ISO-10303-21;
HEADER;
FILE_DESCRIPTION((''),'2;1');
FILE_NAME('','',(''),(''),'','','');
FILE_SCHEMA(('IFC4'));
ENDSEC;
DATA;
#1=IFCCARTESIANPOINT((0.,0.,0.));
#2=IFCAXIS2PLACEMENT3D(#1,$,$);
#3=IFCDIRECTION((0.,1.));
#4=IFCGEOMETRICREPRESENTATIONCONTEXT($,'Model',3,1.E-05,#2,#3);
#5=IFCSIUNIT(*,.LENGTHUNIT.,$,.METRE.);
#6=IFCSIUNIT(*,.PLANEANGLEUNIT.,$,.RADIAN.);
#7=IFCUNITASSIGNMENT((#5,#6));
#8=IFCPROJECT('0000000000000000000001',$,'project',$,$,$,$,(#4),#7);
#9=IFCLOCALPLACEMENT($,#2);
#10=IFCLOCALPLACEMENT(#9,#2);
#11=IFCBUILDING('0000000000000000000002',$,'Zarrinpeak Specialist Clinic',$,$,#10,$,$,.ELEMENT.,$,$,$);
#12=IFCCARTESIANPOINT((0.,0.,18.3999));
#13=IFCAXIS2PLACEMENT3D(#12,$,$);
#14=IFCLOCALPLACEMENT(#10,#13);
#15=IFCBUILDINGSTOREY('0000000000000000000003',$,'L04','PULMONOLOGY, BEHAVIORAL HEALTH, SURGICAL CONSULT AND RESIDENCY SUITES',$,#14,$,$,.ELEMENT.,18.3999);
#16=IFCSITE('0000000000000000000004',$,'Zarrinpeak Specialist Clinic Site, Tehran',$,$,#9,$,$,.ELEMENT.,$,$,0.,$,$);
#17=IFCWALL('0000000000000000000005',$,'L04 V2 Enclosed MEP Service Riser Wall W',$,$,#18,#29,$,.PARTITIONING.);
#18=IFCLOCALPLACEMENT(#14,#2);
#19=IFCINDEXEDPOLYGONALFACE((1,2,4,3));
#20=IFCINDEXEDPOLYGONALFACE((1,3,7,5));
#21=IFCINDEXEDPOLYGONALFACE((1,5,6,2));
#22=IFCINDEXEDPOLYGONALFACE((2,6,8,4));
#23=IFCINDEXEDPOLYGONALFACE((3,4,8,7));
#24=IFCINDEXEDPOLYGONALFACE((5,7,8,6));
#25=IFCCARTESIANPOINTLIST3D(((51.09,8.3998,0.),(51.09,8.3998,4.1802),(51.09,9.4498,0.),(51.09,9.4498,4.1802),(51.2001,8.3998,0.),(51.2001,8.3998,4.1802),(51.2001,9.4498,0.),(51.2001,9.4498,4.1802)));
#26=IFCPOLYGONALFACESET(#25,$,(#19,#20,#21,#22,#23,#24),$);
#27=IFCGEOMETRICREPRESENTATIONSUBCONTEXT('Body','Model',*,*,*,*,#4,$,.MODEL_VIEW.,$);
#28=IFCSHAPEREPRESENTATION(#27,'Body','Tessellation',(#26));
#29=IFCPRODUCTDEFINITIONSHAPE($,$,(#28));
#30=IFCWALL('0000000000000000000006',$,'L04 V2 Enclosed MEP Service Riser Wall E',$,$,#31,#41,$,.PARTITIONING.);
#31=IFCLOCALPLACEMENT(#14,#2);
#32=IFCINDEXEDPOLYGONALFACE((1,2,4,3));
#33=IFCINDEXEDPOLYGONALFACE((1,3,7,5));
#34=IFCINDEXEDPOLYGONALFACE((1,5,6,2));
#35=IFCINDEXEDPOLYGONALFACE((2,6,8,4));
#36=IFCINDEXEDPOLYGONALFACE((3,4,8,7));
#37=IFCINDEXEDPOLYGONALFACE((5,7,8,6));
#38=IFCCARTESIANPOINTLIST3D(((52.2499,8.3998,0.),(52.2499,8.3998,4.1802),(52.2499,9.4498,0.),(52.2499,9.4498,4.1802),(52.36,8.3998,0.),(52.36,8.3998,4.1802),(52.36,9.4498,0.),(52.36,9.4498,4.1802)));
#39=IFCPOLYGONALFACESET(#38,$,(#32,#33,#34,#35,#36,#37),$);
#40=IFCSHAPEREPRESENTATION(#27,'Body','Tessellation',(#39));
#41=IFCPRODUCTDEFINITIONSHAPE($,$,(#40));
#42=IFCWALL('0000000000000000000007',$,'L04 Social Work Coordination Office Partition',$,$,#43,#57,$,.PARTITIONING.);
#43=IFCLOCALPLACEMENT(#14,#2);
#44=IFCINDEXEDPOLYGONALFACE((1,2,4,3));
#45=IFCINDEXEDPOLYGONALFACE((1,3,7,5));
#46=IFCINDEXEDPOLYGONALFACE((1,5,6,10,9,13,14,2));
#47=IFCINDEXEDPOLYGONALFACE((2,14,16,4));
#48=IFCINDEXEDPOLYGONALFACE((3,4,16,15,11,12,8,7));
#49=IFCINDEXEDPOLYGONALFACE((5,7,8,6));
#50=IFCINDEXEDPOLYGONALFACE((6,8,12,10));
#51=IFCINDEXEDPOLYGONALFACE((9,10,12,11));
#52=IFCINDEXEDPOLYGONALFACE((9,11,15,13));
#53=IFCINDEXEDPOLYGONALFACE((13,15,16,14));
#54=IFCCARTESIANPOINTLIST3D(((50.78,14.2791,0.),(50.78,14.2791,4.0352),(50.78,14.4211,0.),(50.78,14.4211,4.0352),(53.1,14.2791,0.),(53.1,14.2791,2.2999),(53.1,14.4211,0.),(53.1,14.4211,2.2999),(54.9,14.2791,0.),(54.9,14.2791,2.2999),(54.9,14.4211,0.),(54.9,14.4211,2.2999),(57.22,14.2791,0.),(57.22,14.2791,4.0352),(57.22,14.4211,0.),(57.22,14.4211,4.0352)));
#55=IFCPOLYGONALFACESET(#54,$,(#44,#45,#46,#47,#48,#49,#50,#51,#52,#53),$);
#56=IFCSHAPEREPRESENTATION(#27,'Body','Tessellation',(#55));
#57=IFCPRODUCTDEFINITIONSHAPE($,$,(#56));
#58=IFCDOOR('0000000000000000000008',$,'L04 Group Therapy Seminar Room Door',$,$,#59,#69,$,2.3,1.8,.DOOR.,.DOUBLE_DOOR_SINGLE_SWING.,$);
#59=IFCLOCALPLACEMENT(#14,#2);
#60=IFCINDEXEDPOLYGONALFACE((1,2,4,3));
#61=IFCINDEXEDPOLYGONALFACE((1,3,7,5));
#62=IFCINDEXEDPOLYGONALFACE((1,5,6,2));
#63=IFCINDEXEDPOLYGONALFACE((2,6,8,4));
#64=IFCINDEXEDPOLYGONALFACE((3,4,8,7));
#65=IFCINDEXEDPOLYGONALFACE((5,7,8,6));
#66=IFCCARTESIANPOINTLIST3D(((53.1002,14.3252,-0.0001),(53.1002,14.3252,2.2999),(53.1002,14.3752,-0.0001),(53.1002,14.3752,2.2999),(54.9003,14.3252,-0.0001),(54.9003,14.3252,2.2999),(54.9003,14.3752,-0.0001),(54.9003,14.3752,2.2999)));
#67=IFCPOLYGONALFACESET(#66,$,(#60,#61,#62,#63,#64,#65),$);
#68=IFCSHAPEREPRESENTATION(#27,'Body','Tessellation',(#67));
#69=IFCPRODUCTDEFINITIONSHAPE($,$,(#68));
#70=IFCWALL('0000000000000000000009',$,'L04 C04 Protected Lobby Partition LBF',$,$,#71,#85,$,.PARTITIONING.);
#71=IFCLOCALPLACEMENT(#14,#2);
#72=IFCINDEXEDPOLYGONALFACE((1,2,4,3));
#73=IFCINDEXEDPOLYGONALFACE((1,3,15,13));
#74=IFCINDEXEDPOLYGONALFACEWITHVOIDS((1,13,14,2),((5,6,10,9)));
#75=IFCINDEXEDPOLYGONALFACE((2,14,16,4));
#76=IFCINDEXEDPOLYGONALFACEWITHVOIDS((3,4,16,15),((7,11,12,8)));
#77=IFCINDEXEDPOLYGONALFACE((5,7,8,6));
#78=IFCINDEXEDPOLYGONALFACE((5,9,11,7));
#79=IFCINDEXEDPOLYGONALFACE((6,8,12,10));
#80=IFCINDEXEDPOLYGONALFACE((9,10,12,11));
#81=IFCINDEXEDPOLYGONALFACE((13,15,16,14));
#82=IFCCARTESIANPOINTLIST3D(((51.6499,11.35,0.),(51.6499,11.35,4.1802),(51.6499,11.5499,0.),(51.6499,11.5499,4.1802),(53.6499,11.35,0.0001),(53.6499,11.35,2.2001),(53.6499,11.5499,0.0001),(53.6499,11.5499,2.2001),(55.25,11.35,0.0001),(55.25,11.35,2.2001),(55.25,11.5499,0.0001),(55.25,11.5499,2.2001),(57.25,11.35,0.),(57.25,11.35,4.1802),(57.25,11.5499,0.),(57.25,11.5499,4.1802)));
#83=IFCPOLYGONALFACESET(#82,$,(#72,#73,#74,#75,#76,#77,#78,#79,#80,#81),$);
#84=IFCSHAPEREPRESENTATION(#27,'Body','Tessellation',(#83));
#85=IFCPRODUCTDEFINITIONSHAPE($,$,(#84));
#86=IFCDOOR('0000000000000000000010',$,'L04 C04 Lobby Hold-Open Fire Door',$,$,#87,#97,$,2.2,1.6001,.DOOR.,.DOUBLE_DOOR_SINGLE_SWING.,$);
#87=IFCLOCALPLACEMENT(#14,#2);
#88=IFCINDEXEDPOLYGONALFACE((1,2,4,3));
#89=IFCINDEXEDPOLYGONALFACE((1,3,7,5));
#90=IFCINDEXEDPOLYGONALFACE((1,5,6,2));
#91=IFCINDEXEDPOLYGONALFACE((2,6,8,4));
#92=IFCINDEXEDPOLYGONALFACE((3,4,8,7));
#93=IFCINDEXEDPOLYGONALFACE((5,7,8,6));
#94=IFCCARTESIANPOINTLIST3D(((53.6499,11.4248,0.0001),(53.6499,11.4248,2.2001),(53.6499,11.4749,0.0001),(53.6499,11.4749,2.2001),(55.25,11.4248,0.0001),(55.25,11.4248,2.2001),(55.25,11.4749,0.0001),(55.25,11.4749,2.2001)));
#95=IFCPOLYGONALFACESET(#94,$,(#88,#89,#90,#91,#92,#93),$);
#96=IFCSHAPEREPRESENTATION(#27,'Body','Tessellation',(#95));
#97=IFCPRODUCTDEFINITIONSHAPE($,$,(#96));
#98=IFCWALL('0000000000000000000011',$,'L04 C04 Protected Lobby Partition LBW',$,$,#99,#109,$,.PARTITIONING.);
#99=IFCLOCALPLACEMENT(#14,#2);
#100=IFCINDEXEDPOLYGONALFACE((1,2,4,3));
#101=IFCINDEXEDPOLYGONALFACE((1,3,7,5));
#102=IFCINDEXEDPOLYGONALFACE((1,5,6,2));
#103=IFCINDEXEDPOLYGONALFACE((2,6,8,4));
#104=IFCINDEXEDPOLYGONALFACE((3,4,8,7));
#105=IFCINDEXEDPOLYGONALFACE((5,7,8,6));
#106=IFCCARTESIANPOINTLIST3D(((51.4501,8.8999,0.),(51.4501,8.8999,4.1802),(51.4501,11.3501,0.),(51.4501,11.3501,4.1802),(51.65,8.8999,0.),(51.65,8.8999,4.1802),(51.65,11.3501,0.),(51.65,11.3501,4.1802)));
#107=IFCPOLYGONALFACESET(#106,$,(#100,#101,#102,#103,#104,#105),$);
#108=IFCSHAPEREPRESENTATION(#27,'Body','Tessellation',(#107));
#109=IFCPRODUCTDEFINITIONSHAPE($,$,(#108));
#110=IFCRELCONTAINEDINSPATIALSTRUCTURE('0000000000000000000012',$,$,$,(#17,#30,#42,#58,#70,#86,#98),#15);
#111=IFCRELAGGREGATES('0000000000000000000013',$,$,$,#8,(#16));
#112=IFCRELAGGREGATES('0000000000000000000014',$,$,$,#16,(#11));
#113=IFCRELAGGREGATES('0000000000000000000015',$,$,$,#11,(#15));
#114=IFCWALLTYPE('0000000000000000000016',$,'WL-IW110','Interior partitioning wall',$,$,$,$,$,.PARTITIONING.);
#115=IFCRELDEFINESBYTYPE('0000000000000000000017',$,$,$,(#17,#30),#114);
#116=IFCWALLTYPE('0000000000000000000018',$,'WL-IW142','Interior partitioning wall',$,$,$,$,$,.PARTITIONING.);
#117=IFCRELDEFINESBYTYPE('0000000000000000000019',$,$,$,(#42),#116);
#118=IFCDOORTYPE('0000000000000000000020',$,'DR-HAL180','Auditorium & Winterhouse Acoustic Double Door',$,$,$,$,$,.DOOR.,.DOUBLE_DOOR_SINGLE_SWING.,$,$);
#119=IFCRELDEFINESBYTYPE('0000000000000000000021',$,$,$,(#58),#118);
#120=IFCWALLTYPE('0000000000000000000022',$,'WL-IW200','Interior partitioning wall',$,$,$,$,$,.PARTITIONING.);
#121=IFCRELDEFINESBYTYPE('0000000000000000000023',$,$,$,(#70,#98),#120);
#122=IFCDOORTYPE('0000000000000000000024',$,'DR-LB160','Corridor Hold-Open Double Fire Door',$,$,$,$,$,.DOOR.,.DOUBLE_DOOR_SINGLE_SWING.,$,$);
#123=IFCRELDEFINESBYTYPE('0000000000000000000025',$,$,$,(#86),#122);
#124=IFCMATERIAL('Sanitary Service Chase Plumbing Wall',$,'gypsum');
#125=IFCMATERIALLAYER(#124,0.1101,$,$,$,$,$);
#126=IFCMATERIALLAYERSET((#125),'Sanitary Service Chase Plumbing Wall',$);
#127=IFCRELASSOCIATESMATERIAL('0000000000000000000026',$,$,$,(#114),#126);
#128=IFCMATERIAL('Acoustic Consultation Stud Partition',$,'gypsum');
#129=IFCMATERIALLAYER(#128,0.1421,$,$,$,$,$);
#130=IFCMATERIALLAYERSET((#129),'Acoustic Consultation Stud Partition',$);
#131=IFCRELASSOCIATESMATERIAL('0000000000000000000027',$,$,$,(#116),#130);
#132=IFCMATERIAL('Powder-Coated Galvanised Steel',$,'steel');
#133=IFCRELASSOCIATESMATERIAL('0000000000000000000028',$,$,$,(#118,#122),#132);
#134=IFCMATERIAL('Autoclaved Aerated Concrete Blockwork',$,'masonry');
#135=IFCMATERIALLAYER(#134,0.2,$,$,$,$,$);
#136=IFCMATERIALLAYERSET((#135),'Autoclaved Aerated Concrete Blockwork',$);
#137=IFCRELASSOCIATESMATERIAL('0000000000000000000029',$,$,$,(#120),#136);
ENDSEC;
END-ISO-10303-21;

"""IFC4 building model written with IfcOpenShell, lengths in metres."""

from ifc_helpers import new_model, si_unit, direction, frame, frame_2d, origin, place, context, subcontext, project, spatial, rectangle, extrude, material, layer, layer_set, type_object, element, fill, save


model = new_model("IFC4")

# Units and contexts
model_context = context("Model", 3, precision=1e-05, world=origin(), true_north=direction((0.0, 1.0)))
body_context = subcontext(model_context, "Body", "Model", "MODEL_VIEW")
ifc_project = project(units=[si_unit("LENGTHUNIT", "METRE"), si_unit("PLANEANGLEUNIT", "RADIAN")], contexts=[model_context])

# Site, building, storey
site_placement = place(None, origin())
site = spatial("IfcSite", under=ifc_project, at=site_placement, Name="Zarrinpeak Specialist Clinic Site, Tehran", CompositionType="ELEMENT", RefElevation=0.0)
building_placement = place(site_placement, origin())
building = spatial("IfcBuilding", under=site, at=building_placement, Name="Zarrinpeak Specialist Clinic", CompositionType="ELEMENT")
storey_placement = place(building_placement, frame((0.0, 0.0, 18.3999)))
storey = spatial("IfcBuildingStorey", under=building, at=storey_placement, Name="L04", Description="PULMONOLOGY, BEHAVIORAL HEALTH, SURGICAL CONSULT AND RESIDENCY SUITES", CompositionType="ELEMENT", Elevation=18.3999)

# Shared definitions
ifc_material_1 = material(Name="Powder-Coated Galvanised Steel", Category="steel")

# Walls
ifc_material_2 = material(Name="Sanitary Service Chase Plumbing Wall", Category="gypsum")
ifc_layer_1 = layer(ifc_material_2, 0.1101)
ifc_layer_set_1 = layer_set([ifc_layer_1], Name="Sanitary Service Chase Plumbing Wall")
wall_type_1 = type_object("IfcWallType", Name="WL-IW110", Description="Interior partitioning wall", PredefinedType="PARTITIONING", material=ifc_layer_set_1)
for number, where, z_axis, x_axis, name in (
    (1, (51.145, 8.3999, 0.0), (0.0, 0.0, 1.0), (0.0, 1.0, 0.0), "L04 V2 Enclosed MEP Service Riser Wall W"),
    (2, (52.3049, 8.3999, 0.0), (0.0, 0.0, 1.0), (0.0, 1.0, 0.0), "L04 V2 Enclosed MEP Service Riser Wall E"),
):
    element("IfcWall", number, at=place(storey_placement, frame(where, z_axis=z_axis, x_axis=x_axis)), inside=storey, type_object=wall_type_1, Name=name, PredefinedType="PARTITIONING", context=body_context, shape_type="SweptSolid", body=[
        extrude(rectangle(XDim=1.05, YDim=0.1101, at=frame_2d((0.5249, 0.0))), origin(), (0.0, 0.0, 1.0), 4.1802),
    ])

# Walls, openings, doors
ifc_material_3 = material(Name="Acoustic Consultation Stud Partition", Category="gypsum")
ifc_layer_2 = layer(ifc_material_3, 0.1421)
ifc_layer_set_2 = layer_set([ifc_layer_2], Name="Acoustic Consultation Stud Partition")
wall_type_2 = type_object("IfcWallType", Name="WL-IW142", Description="Interior partitioning wall", PredefinedType="PARTITIONING", material=ifc_layer_set_2)
wall_1_placement = place(storey_placement, frame((50.78, 14.3501, 0.0), z_axis=(0.0, 0.0, 1.0), x_axis=(1.0, 0.0, 0.0)))
wall_1 = element("IfcWall", 3, at=wall_1_placement, inside=storey, type_object=wall_type_2, Name="L04 Social Work Coordination Office Partition", PredefinedType="PARTITIONING", context=body_context, shape_type="SweptSolid", body=[
    extrude(rectangle(XDim=6.4399, YDim=0.1421, at=frame_2d((3.22, 0.0))), origin(), (0.0, 0.0, 1.0), 4.0352),
])
opening_1_placement = place(wall_1_placement, frame((2.3201, 0.0, 0.0)))
opening_1 = element("IfcOpeningElement", 4, at=opening_1_placement, cuts=wall_1, PredefinedType="OPENING", context=body_context, shape_type="SweptSolid", body=[
    extrude(rectangle(XDim=1.8, YDim=2.3, at=frame_2d((0.8999, 1.1499))), frame((0.0, 0.0811, 0.0), z_axis=(0.0, -1.0, 0.0), x_axis=(1.0, 0.0, 0.0)), (0.0, 0.0, 1.0), 0.1621),
])
door_type_1 = type_object("IfcDoorType", Name="DR-HAL180", Description="Auditorium & Winterhouse Acoustic Double Door", OperationType="DOUBLE_DOOR_SINGLE_SWING", PredefinedType="DOOR", material=ifc_material_1)
door_1_placement = place(opening_1_placement, frame((1.8, 0.0, 0.0), z_axis=(0.0, 0.0, 1.0), x_axis=(-1.0, 0.0, 0.0)))
door_1 = element("IfcDoor", 5, at=door_1_placement, inside=storey, type_object=door_type_1, Name="L04 Group Therapy Seminar Room Door", OperationType="DOUBLE_DOOR_SINGLE_SWING", OverallHeight=2.3, OverallWidth=1.8, PredefinedType="DOOR", context=body_context, shape_type="SweptSolid", body=[
    extrude(rectangle(XDim=1.8, YDim=2.3, at=frame_2d((0.8999, 1.1499))), frame((0.0, 0.0249, 0.0), z_axis=(0.0, -1.0, 0.0), x_axis=(1.0, 0.0, 0.0)), (0.0, 0.0, 1.0), 0.05),
])
fill(opening_1, door_1)
ifc_material_4 = material(Name="Autoclaved Aerated Concrete Blockwork", Category="masonry")
ifc_layer_3 = layer(ifc_material_4, 0.2)
ifc_layer_set_3 = layer_set([ifc_layer_3], Name="Autoclaved Aerated Concrete Blockwork")
wall_type_3 = type_object("IfcWallType", Name="WL-IW200", Description="Interior partitioning wall", PredefinedType="PARTITIONING", material=ifc_layer_set_3)
wall_2_placement = place(storey_placement, frame((51.6499, 11.45, 0.0), z_axis=(0.0, 0.0, 1.0), x_axis=(1.0, 0.0, 0.0)))
wall_2 = element("IfcWall", 6, at=wall_2_placement, inside=storey, type_object=wall_type_3, Name="L04 C04 Protected Lobby Partition LBF", PredefinedType="PARTITIONING", context=body_context, shape_type="SweptSolid", body=[
    extrude(rectangle(XDim=5.6001, YDim=0.2, at=frame_2d((2.8, 0.0))), origin(), (0.0, 0.0, 1.0), 4.1802),
])
opening_2_placement = place(wall_2_placement, frame((2.0, 0.0, 0.0)))
opening_2 = element("IfcOpeningElement", 7, at=opening_2_placement, cuts=wall_2, PredefinedType="OPENING", context=body_context, shape_type="SweptSolid", body=[
    extrude(rectangle(XDim=1.6001, YDim=2.2, at=frame_2d((0.8, 1.1001))), frame((0.0, 0.1099, 0.0), z_axis=(0.0, -1.0, 0.0), x_axis=(1.0, 0.0, 0.0)), (0.0, 0.0, 1.0), 0.22),
])
door_type_2 = type_object("IfcDoorType", Name="DR-LB160", Description="Corridor Hold-Open Double Fire Door", OperationType="DOUBLE_DOOR_SINGLE_SWING", PredefinedType="DOOR", material=ifc_material_1)
door_2_placement = place(opening_2_placement, origin())
door_2 = element("IfcDoor", 8, at=door_2_placement, inside=storey, type_object=door_type_2, Name="L04 C04 Lobby Hold-Open Fire Door", OperationType="DOUBLE_DOOR_SINGLE_SWING", OverallHeight=2.2, OverallWidth=1.6001, PredefinedType="DOOR", context=body_context, shape_type="SweptSolid", body=[
    extrude(rectangle(XDim=1.6001, YDim=2.2, at=frame_2d((0.8, 1.1001))), frame((0.0, 0.0249, 0.0), z_axis=(0.0, -1.0, 0.0), x_axis=(1.0, 0.0, 0.0)), (0.0, 0.0, 1.0), 0.05),
])
fill(opening_2, door_2)

# Wall
wall_3_placement = place(storey_placement, frame((51.55, 8.8999, 0.0), z_axis=(0.0, 0.0, 1.0), x_axis=(0.0, 1.0, 0.0)))
element("IfcWall", 9, at=wall_3_placement, inside=storey, type_object=wall_type_3, Name="L04 C04 Protected Lobby Partition LBW", PredefinedType="PARTITIONING", context=body_context, shape_type="SweptSolid", body=[
    extrude(rectangle(XDim=2.4502, YDim=0.2, at=frame_2d((1.2251, 0.0))), origin(), (0.0, 0.0, 1.0), 4.1802),
])

save(model, "model.ifc")
